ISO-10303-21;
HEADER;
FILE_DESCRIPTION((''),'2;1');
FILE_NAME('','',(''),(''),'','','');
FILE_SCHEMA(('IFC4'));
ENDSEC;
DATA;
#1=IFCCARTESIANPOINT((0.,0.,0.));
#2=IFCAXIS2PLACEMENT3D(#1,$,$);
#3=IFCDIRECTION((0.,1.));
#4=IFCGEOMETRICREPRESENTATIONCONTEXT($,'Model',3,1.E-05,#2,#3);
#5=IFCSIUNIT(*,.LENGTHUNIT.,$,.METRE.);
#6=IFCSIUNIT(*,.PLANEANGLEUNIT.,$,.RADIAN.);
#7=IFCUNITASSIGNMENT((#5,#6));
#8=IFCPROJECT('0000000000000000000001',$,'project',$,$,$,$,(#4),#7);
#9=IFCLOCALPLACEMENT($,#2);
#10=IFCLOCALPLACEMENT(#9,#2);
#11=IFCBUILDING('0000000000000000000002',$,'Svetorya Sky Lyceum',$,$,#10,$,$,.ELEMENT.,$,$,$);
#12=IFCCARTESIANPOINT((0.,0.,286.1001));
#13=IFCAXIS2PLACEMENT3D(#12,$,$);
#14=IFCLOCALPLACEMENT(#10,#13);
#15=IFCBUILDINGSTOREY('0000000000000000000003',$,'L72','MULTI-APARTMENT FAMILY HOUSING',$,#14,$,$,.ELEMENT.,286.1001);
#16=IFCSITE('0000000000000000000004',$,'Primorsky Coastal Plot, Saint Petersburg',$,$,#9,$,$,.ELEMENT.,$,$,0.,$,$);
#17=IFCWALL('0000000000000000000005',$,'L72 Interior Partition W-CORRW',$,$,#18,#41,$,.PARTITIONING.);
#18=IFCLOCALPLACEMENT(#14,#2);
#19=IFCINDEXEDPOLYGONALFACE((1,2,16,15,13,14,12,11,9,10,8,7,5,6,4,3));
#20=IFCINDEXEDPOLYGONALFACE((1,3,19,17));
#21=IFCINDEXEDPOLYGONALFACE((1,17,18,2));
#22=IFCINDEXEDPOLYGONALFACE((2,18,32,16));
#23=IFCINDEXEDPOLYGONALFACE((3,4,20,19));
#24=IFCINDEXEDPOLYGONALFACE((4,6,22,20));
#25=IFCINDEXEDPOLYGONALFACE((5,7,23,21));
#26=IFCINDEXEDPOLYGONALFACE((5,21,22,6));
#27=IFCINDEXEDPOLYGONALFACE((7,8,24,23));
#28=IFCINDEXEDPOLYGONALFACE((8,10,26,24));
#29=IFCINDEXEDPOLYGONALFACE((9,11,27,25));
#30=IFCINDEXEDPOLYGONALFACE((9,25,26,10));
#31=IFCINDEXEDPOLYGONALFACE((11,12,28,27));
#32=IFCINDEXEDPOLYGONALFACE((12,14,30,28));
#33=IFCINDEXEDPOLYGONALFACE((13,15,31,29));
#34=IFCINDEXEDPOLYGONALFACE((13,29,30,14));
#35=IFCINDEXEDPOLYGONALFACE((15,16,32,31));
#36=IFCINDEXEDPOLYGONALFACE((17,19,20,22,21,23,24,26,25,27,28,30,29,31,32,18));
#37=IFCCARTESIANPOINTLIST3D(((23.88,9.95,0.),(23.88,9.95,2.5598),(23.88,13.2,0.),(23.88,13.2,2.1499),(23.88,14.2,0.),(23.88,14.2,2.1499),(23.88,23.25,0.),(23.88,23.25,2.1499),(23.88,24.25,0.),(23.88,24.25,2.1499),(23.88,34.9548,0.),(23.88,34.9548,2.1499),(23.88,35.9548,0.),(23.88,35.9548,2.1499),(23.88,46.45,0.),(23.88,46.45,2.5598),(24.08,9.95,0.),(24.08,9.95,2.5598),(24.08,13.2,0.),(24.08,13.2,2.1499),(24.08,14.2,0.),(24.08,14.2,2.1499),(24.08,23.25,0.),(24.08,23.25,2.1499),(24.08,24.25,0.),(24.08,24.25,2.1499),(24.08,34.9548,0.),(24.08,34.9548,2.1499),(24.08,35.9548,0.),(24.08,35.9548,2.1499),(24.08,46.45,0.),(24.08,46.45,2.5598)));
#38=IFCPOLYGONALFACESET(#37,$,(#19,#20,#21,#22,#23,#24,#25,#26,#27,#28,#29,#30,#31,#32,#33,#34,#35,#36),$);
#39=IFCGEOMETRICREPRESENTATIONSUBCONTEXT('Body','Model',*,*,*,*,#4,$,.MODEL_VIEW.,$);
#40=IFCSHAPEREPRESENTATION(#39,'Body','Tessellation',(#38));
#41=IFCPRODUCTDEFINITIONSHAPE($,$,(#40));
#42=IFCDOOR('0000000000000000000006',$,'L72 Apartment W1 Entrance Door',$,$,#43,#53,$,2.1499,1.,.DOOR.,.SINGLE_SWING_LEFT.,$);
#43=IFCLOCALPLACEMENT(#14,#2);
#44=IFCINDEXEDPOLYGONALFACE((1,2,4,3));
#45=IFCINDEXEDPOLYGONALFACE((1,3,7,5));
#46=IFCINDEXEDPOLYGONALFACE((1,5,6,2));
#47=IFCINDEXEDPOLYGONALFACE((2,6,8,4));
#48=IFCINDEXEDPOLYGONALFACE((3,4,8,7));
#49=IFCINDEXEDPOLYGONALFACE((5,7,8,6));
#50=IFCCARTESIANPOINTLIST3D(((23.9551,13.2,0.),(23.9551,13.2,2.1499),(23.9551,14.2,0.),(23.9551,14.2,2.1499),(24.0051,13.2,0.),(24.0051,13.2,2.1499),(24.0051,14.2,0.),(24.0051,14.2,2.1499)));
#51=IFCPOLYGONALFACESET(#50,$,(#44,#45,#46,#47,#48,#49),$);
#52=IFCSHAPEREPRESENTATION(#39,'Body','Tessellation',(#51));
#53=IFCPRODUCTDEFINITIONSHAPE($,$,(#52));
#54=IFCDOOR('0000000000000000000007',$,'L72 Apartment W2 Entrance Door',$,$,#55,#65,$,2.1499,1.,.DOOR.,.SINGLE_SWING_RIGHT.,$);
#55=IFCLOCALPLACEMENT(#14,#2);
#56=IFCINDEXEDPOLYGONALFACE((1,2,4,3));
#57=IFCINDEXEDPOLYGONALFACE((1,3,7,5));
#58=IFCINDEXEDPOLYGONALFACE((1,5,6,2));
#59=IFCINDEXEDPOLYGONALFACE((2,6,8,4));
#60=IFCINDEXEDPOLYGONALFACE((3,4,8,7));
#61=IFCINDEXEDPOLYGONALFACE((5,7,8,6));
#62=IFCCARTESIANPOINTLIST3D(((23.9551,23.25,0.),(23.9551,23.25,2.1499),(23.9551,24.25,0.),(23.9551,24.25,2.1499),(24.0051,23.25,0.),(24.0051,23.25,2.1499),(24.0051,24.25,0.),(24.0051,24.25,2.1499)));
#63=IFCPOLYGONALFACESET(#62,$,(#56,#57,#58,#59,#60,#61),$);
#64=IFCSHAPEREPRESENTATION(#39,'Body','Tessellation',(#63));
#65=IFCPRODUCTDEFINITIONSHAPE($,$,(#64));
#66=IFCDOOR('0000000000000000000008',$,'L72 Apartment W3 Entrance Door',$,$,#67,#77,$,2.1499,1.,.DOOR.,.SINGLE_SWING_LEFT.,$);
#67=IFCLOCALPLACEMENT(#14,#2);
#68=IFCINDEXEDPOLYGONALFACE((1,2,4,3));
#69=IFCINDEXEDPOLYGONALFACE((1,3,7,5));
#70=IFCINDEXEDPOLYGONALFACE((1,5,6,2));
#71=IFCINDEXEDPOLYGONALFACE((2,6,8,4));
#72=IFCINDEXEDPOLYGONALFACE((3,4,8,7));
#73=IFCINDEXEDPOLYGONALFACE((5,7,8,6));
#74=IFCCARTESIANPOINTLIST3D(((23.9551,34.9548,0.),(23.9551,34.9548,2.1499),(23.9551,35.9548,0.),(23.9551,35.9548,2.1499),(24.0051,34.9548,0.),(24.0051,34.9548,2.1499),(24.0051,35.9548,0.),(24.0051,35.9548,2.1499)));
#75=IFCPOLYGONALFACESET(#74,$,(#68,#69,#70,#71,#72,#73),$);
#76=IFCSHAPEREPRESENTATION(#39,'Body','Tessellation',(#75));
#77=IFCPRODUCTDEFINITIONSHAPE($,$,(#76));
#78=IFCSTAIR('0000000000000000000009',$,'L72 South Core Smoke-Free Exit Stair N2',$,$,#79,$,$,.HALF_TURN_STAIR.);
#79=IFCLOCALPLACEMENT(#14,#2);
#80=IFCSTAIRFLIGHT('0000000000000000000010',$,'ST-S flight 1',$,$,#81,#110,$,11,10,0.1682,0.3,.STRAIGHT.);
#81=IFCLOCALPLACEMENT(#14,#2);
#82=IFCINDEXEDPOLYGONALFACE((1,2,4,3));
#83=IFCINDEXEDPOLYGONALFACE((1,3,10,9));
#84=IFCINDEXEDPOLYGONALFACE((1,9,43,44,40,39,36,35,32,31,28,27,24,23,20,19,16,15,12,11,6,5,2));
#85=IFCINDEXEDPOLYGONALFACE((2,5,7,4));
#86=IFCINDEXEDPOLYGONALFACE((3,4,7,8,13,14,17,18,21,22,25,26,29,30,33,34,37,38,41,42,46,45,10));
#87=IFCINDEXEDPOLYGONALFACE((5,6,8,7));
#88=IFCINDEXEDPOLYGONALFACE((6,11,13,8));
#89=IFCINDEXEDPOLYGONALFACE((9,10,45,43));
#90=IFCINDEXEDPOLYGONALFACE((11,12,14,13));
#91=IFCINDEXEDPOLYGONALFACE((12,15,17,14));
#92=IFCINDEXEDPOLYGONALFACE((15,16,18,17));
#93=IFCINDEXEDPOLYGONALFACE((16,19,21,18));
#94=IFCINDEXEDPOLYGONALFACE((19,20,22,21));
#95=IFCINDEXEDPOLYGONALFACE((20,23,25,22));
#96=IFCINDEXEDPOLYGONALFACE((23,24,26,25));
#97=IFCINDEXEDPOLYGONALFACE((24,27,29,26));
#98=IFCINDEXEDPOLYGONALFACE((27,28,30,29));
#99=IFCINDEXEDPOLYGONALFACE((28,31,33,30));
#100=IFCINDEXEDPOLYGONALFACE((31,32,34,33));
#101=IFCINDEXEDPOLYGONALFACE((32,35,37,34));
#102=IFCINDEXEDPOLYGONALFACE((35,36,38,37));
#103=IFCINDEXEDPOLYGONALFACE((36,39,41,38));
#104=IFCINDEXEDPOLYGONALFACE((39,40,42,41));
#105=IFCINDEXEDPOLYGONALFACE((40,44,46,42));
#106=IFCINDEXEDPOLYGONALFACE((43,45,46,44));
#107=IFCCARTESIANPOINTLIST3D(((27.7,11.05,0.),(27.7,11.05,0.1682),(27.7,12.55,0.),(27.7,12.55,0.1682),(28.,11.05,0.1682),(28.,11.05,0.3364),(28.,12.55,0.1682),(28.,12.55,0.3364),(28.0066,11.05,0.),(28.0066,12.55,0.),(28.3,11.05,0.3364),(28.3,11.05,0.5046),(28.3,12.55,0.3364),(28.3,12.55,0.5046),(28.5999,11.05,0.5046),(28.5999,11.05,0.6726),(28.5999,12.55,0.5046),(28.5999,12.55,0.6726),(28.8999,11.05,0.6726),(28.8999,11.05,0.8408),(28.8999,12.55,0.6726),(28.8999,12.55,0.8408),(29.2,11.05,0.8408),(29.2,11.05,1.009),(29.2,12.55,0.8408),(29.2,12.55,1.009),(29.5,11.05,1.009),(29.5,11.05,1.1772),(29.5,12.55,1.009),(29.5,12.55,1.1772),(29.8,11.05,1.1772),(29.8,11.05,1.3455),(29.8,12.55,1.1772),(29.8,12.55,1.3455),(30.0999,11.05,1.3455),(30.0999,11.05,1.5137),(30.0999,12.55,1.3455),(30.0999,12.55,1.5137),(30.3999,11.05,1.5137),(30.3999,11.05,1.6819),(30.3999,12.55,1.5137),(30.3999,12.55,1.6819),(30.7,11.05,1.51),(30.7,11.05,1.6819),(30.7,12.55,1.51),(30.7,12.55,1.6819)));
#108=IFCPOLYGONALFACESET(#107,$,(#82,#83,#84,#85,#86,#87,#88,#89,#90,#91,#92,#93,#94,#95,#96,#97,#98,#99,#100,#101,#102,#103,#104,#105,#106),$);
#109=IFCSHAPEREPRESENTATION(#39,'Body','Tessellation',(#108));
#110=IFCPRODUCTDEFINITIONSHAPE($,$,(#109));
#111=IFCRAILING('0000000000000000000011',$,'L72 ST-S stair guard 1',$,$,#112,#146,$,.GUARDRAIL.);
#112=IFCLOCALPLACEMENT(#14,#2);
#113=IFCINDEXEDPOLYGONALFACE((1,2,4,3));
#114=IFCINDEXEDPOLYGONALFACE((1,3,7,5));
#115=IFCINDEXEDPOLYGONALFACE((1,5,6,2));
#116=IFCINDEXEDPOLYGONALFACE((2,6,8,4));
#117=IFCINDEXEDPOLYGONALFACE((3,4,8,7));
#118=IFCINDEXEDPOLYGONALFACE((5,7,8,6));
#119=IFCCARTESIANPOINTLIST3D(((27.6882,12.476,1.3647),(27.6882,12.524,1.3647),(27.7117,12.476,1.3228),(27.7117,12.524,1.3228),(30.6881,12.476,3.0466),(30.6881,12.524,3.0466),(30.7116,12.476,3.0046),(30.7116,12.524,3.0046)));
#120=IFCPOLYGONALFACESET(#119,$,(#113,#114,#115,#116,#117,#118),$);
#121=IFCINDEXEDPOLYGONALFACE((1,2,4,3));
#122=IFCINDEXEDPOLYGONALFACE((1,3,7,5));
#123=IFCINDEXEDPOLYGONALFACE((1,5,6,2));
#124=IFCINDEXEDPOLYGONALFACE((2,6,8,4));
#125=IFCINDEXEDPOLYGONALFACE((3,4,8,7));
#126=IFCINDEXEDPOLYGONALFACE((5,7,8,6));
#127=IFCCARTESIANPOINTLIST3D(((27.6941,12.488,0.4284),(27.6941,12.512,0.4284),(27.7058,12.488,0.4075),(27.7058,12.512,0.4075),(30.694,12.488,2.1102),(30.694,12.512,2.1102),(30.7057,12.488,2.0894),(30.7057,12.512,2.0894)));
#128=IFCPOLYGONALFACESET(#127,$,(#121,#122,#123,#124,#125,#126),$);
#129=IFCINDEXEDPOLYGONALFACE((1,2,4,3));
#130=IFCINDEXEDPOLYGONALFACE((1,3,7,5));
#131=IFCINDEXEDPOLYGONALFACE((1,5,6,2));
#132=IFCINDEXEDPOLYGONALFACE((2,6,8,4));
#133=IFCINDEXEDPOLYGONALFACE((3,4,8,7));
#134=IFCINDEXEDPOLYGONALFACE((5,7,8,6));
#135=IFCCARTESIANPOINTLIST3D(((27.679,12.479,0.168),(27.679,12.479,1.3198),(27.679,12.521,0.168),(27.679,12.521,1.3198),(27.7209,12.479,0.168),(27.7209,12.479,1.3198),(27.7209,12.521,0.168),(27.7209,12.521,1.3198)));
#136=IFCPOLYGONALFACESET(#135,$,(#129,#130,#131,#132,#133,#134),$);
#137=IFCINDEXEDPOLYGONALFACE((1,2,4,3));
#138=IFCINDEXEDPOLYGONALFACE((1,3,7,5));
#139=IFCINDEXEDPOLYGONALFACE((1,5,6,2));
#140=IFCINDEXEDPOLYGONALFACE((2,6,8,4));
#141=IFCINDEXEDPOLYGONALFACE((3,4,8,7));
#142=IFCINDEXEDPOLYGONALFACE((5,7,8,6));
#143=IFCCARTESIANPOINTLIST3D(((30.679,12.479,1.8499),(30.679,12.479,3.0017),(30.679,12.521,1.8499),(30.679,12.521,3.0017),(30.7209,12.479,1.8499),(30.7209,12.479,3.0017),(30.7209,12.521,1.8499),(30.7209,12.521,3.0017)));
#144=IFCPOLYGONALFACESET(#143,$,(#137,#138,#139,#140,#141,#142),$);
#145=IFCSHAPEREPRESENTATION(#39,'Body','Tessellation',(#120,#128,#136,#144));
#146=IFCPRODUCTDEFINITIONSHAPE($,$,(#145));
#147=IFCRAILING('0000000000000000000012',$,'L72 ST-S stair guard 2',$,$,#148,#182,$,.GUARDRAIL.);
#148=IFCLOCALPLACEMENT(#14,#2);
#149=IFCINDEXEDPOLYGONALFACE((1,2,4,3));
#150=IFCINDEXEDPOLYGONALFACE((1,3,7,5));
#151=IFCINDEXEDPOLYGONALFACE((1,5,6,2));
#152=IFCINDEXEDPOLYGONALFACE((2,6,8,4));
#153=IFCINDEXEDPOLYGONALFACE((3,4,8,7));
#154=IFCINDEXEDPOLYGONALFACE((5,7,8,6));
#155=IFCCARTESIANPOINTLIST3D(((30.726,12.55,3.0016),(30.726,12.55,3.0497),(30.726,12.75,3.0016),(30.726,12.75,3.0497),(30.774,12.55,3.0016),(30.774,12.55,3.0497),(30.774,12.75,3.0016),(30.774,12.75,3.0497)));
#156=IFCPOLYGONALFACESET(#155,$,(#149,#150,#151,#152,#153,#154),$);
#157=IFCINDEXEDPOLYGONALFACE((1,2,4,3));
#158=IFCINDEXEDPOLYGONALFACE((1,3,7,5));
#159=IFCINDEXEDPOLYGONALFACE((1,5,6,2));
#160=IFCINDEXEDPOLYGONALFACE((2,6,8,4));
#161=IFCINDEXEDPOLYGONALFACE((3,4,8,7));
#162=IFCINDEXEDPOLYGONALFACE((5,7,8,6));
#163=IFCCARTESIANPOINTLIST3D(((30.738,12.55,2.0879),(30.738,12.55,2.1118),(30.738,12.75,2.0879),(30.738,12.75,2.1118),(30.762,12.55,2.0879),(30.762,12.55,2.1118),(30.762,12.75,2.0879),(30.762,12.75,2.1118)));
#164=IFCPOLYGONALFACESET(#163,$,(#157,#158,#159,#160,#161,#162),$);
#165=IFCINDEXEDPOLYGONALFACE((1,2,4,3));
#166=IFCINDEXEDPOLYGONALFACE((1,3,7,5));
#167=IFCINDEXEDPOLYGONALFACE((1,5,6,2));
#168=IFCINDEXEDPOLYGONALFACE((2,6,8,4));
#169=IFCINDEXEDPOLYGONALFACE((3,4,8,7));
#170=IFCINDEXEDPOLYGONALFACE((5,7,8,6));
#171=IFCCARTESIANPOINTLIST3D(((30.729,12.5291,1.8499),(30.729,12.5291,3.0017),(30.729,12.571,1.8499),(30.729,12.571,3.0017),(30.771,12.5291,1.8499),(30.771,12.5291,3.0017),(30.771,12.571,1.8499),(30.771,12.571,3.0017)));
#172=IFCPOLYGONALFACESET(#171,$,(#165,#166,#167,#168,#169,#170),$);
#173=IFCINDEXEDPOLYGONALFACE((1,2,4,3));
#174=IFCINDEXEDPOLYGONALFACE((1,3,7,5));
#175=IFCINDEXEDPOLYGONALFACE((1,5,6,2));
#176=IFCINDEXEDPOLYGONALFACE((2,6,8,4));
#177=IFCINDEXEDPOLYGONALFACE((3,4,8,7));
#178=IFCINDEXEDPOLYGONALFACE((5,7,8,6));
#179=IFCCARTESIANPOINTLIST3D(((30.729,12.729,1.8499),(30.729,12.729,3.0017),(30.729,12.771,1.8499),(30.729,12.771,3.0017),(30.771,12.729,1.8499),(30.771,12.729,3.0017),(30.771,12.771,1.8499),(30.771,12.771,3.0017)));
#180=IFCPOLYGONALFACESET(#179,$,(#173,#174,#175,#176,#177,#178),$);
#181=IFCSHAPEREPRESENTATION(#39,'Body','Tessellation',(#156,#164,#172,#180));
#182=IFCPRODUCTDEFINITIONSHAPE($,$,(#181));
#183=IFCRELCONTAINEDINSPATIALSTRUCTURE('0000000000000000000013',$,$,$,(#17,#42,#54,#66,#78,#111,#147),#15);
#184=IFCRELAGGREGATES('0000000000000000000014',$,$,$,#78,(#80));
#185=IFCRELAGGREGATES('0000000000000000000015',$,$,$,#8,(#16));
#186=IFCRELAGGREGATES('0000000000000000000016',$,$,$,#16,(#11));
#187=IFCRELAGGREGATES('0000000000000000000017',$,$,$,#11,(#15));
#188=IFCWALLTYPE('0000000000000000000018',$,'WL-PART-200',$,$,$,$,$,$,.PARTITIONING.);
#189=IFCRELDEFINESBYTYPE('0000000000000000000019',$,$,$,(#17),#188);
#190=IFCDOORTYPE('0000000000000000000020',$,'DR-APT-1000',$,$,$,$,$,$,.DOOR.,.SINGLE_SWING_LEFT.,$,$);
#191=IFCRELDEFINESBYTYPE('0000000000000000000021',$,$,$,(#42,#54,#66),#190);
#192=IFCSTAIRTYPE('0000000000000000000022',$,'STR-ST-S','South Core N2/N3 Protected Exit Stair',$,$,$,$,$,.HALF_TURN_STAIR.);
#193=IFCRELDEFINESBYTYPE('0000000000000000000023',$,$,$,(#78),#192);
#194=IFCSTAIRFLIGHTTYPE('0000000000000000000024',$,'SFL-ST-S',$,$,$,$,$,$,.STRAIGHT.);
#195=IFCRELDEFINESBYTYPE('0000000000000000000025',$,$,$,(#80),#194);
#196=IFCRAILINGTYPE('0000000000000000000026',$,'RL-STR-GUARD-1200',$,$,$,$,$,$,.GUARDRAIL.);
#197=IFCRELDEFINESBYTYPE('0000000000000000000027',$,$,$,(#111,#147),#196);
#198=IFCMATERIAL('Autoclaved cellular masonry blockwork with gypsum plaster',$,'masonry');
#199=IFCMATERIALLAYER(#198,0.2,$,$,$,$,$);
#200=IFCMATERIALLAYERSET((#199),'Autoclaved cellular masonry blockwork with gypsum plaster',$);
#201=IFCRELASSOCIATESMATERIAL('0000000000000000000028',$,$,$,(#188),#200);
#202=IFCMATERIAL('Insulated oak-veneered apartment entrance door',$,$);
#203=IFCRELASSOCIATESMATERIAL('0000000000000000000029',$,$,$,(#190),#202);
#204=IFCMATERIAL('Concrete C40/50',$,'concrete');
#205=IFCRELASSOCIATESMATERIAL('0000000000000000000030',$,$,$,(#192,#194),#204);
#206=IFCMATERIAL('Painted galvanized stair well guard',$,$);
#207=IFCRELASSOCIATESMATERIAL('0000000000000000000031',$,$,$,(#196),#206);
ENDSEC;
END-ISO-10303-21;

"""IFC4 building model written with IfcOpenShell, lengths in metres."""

from ifc_helpers import new_model, si_unit, direction, frame, frame_2d, origin, origin_2d, place, context, subcontext, project, spatial, polyline, rectangle, outline, extrude, material, layer, layer_set, type_object, element, fill, aggregate, save


model = new_model("IFC4")

# Units and contexts
model_context = context("Model", 3, precision=1e-05, world=origin(), true_north=direction((0.0, 1.0)))
body_context = subcontext(model_context, "Body", "Model", "MODEL_VIEW")
ifc_project = project(units=[si_unit("LENGTHUNIT", "METRE"), si_unit("PLANEANGLEUNIT", "RADIAN")], contexts=[model_context])

# Site, building, storey
site_placement = place(None, origin())
site = spatial("IfcSite", under=ifc_project, at=site_placement, Name="Primorsky Coastal Plot, Saint Petersburg", CompositionType="ELEMENT", RefElevation=0.0)
building_placement = place(site_placement, origin())
building = spatial("IfcBuilding", under=site, at=building_placement, Name="Svetorya Sky Lyceum", CompositionType="ELEMENT")
storey_placement = place(building_placement, frame((0.0, 0.0, 286.1001)))
storey = spatial("IfcBuildingStorey", under=building, at=storey_placement, Name="L72", Description="MULTI-APARTMENT FAMILY HOUSING", CompositionType="ELEMENT", Elevation=286.1001)

# Shared definitions
ifc_material_1 = material(Name="Concrete C40/50", Category="concrete")

# Wall, openings, doors
ifc_material_2 = material(Name="Autoclaved cellular masonry blockwork with gypsum plaster", Category="masonry")
ifc_layer_1 = layer(ifc_material_2, 0.2)
ifc_layer_set_1 = layer_set([ifc_layer_1], Name="Autoclaved cellular masonry blockwork with gypsum plaster")
wall_type_1 = type_object("IfcWallType", Name="WL-PART-200", PredefinedType="PARTITIONING", material=ifc_layer_set_1)
wall_1_placement = place(storey_placement, frame((23.98, 9.95, 0.0), z_axis=(0.0, 0.0, 1.0), x_axis=(0.0, 1.0, 0.0)))
wall_1 = element("IfcWall", 1, at=wall_1_placement, inside=storey, type_object=wall_type_1, Name="L72 Interior Partition W-CORRW", PredefinedType="PARTITIONING", context=body_context, shape_type="SweptSolid", body=[
    extrude(rectangle(XDim=36.5, YDim=0.2, at=frame_2d((18.25, 0.0))), origin(), (0.0, 0.0, 1.0), 2.5598),
])
opening_1_placement = place(wall_1_placement, frame((3.25, 0.0, 0.0)))
opening_1 = element("IfcOpeningElement", 2, at=opening_1_placement, cuts=wall_1, PredefinedType="OPENING", context=body_context, shape_type="SweptSolid", body=[
    extrude(rectangle(XDim=1.0, YDim=2.1499, at=frame_2d((0.5, 1.075))), frame((0.0, 0.1099, 0.0), z_axis=(0.0, -1.0, 0.0), x_axis=(1.0, 0.0, 0.0)), (0.0, 0.0, 1.0), 0.22),
])
opening_2_placement = place(wall_1_placement, frame((13.3, 0.0, 0.0)))
opening_2 = element("IfcOpeningElement", 3, at=opening_2_placement, cuts=wall_1, PredefinedType="OPENING", context=body_context, shape_type="SweptSolid", body=[
    extrude(rectangle(XDim=1.0, YDim=2.1499, at=frame_2d((0.5, 1.075))), frame((0.0, 0.1099, 0.0), z_axis=(0.0, -1.0, 0.0), x_axis=(1.0, 0.0, 0.0)), (0.0, 0.0, 1.0), 0.22),
])
opening_3_placement = place(wall_1_placement, frame((25.0049, 0.0, 0.0)))
opening_3 = element("IfcOpeningElement", 4, at=opening_3_placement, cuts=wall_1, PredefinedType="OPENING", context=body_context, shape_type="SweptSolid", body=[
    extrude(rectangle(XDim=1.0, YDim=2.1499, at=frame_2d((0.5, 1.075))), frame((0.0, 0.1099, 0.0), z_axis=(0.0, -1.0, 0.0), x_axis=(1.0, 0.0, 0.0)), (0.0, 0.0, 1.0), 0.22),
])
ifc_material_3 = material(Name="Insulated oak-veneered apartment entrance door")
door_type = type_object("IfcDoorType", Name="DR-APT-1000", OperationType="SINGLE_SWING_LEFT", PredefinedType="DOOR", material=ifc_material_3)
door_1_placement = place(opening_1_placement, origin())
door_1 = element("IfcDoor", 5, at=door_1_placement, inside=storey, type_object=door_type, Name="L72 Apartment W1 Entrance Door", OperationType="SINGLE_SWING_LEFT", OverallHeight=2.1499, OverallWidth=1.0, PredefinedType="DOOR", context=body_context, shape_type="SweptSolid", body=[
    extrude(rectangle(XDim=1.0, YDim=2.1499, at=frame_2d((0.5, 1.075))), frame((0.0, 0.0249, 0.0), z_axis=(0.0, -1.0, 0.0), x_axis=(1.0, 0.0, 0.0)), (0.0, 0.0, 1.0), 0.05),
])
fill(opening_1, door_1)
door_2_placement = place(opening_2_placement, origin())
door_2 = element("IfcDoor", 6, at=door_2_placement, inside=storey, type_object=door_type, Name="L72 Apartment W2 Entrance Door", OperationType="SINGLE_SWING_RIGHT", OverallHeight=2.1499, OverallWidth=1.0, PredefinedType="DOOR", context=body_context, shape_type="SweptSolid", body=[
    extrude(rectangle(XDim=1.0, YDim=2.1499, at=frame_2d((0.5, 1.075))), frame((0.0, 0.0249, 0.0), z_axis=(0.0, -1.0, 0.0), x_axis=(1.0, 0.0, 0.0)), (0.0, 0.0, 1.0), 0.05),
])
fill(opening_2, door_2)
door_3_placement = place(opening_3_placement, origin())
door_3 = element("IfcDoor", 7, at=door_3_placement, inside=storey, type_object=door_type, Name="L72 Apartment W3 Entrance Door", OperationType="SINGLE_SWING_LEFT", OverallHeight=2.1499, OverallWidth=1.0, PredefinedType="DOOR", context=body_context, shape_type="SweptSolid", body=[
    extrude(rectangle(XDim=1.0, YDim=2.1499, at=frame_2d((0.5, 1.075))), frame((0.0, 0.0249, 0.0), z_axis=(0.0, -1.0, 0.0), x_axis=(1.0, 0.0, 0.0)), (0.0, 0.0, 1.0), 0.05),
])
fill(opening_3, door_3)

# Stair, stair flight
stair_type = type_object("IfcStairType", Name="STR-ST-S", Description="South Core N2/N3 Protected Exit Stair", PredefinedType="HALF_TURN_STAIR", material=ifc_material_1)
stair_placement = place(storey_placement, origin())
stair = element("IfcStair", 8, at=stair_placement, inside=storey, type_object=stair_type, Name="L72 South Core Smoke-Free Exit Stair N2", PredefinedType="HALF_TURN_STAIR")
stair_flight_type = type_object("IfcStairFlightType", Name="SFL-ST-S", PredefinedType="STRAIGHT", material=ifc_material_1)
stair_flight_placement = place(storey_placement, frame((27.7, 11.8, 0.0), z_axis=(0.0, 0.0, 1.0), x_axis=(1.0, 0.0, 0.0)))
stair_flight = element("IfcStairFlight", 9, at=stair_flight_placement, type_object=stair_flight_type, Name="ST-S flight 1", NumberOfRisers=11, NumberOfTreads=10, PredefinedType="STRAIGHT", RiserHeight=0.1682, TreadLength=0.3, context=body_context, shape_type="SweptSolid", body=[
    extrude(outline(polyline([(0.0, 0.0), (0.0, 0.1682), (0.3, 0.1682), (0.3, 0.3364), (0.6001, 0.3364), (0.6001, 0.5046), (0.8999, 0.5046), (0.8999, 0.6726), (1.2, 0.6726), (1.2, 0.8408), (1.5, 0.8408), (1.5, 1.009), (1.8, 1.009), (1.8, 1.1772), (2.1001, 1.1772), (2.1001, 1.3455), (2.3999, 1.3455), (2.3999, 1.5137), (2.7, 1.5137), (2.7, 1.6819), (3.0, 1.6819), (3.0, 1.8501), (3.0, 1.51), (0.3066, 0.0), (0.0, 0.0)])), frame((0.0, 0.75, 0.0), z_axis=(0.0, -1.0, 0.0), x_axis=(1.0, 0.0, 0.0)), (0.0, 0.0, 1.0), 1.5),
])
aggregate(stair, [stair_flight])

# Railings
ifc_material_4 = material(Name="Painted galvanized stair well guard")
railing_type_1 = type_object("IfcRailingType", Name="RL-STR-GUARD-1200", PredefinedType="GUARDRAIL", material=ifc_material_4)
railing_1_placement = place(storey_placement, frame((27.7, 12.5, 0.168)))
element("IfcRailing", 10, at=railing_1_placement, inside=storey, type_object=railing_type_1, Name="L72 ST-S stair guard 1", PredefinedType="GUARDRAIL", context=body_context, shape_type="SweptSolid", body=[
    extrude(rectangle(XDim=0.0481, YDim=0.0481, at=origin_2d()), frame((0.0, 0.0, 1.1758), z_axis=(0.872272, 0.0, 0.48902), x_axis=(0.0, 1.0, 0.0)), (0.0, 0.0, 1.0), 3.4392),
    extrude(rectangle(XDim=0.0239, YDim=0.0239, at=origin_2d()), frame((0.0, 0.0, 0.25), z_axis=(0.872272, 0.0, 0.48902), x_axis=(0.0, 1.0, 0.0)), (0.0, 0.0, 1.0), 3.4392),
    extrude(rectangle(XDim=0.042, YDim=0.042, at=origin_2d()), origin(), (0.0, 0.0, 1.0), 1.1519),
    extrude(rectangle(XDim=0.042, YDim=0.042, at=origin_2d()), frame((3.0, 0.0, 1.6819)), (0.0, 0.0, 1.0), 1.1519),
])
railing_2_placement = place(storey_placement, frame((30.75, 12.55, 1.8499)))
element("IfcRailing", 11, at=railing_2_placement, inside=storey, type_object=railing_type_1, Name="L72 ST-S stair guard 2", PredefinedType="GUARDRAIL", context=body_context, shape_type="SweptSolid", body=[
    extrude(rectangle(XDim=0.0481, YDim=0.0481, at=origin_2d()), frame((0.0, 0.0, 1.1758), z_axis=(0.0, 1.0, 0.0), x_axis=(-1.0, 0.0, 0.0)), (0.0, 0.0, 1.0), 0.2),
    extrude(rectangle(XDim=0.0239, YDim=0.0239, at=origin_2d()), frame((0.0, 0.0, 0.25), z_axis=(0.0, 1.0, 0.0), x_axis=(-1.0, 0.0, 0.0)), (0.0, 0.0, 1.0), 0.2),
    extrude(rectangle(XDim=0.042, YDim=0.042, at=origin_2d()), origin(), (0.0, 0.0, 1.0), 1.1519),
    extrude(rectangle(XDim=0.042, YDim=0.042, at=origin_2d()), frame((0.0, 0.2, 0.0)), (0.0, 0.0, 1.0), 1.1519),
])

save(model, "model.ifc")
